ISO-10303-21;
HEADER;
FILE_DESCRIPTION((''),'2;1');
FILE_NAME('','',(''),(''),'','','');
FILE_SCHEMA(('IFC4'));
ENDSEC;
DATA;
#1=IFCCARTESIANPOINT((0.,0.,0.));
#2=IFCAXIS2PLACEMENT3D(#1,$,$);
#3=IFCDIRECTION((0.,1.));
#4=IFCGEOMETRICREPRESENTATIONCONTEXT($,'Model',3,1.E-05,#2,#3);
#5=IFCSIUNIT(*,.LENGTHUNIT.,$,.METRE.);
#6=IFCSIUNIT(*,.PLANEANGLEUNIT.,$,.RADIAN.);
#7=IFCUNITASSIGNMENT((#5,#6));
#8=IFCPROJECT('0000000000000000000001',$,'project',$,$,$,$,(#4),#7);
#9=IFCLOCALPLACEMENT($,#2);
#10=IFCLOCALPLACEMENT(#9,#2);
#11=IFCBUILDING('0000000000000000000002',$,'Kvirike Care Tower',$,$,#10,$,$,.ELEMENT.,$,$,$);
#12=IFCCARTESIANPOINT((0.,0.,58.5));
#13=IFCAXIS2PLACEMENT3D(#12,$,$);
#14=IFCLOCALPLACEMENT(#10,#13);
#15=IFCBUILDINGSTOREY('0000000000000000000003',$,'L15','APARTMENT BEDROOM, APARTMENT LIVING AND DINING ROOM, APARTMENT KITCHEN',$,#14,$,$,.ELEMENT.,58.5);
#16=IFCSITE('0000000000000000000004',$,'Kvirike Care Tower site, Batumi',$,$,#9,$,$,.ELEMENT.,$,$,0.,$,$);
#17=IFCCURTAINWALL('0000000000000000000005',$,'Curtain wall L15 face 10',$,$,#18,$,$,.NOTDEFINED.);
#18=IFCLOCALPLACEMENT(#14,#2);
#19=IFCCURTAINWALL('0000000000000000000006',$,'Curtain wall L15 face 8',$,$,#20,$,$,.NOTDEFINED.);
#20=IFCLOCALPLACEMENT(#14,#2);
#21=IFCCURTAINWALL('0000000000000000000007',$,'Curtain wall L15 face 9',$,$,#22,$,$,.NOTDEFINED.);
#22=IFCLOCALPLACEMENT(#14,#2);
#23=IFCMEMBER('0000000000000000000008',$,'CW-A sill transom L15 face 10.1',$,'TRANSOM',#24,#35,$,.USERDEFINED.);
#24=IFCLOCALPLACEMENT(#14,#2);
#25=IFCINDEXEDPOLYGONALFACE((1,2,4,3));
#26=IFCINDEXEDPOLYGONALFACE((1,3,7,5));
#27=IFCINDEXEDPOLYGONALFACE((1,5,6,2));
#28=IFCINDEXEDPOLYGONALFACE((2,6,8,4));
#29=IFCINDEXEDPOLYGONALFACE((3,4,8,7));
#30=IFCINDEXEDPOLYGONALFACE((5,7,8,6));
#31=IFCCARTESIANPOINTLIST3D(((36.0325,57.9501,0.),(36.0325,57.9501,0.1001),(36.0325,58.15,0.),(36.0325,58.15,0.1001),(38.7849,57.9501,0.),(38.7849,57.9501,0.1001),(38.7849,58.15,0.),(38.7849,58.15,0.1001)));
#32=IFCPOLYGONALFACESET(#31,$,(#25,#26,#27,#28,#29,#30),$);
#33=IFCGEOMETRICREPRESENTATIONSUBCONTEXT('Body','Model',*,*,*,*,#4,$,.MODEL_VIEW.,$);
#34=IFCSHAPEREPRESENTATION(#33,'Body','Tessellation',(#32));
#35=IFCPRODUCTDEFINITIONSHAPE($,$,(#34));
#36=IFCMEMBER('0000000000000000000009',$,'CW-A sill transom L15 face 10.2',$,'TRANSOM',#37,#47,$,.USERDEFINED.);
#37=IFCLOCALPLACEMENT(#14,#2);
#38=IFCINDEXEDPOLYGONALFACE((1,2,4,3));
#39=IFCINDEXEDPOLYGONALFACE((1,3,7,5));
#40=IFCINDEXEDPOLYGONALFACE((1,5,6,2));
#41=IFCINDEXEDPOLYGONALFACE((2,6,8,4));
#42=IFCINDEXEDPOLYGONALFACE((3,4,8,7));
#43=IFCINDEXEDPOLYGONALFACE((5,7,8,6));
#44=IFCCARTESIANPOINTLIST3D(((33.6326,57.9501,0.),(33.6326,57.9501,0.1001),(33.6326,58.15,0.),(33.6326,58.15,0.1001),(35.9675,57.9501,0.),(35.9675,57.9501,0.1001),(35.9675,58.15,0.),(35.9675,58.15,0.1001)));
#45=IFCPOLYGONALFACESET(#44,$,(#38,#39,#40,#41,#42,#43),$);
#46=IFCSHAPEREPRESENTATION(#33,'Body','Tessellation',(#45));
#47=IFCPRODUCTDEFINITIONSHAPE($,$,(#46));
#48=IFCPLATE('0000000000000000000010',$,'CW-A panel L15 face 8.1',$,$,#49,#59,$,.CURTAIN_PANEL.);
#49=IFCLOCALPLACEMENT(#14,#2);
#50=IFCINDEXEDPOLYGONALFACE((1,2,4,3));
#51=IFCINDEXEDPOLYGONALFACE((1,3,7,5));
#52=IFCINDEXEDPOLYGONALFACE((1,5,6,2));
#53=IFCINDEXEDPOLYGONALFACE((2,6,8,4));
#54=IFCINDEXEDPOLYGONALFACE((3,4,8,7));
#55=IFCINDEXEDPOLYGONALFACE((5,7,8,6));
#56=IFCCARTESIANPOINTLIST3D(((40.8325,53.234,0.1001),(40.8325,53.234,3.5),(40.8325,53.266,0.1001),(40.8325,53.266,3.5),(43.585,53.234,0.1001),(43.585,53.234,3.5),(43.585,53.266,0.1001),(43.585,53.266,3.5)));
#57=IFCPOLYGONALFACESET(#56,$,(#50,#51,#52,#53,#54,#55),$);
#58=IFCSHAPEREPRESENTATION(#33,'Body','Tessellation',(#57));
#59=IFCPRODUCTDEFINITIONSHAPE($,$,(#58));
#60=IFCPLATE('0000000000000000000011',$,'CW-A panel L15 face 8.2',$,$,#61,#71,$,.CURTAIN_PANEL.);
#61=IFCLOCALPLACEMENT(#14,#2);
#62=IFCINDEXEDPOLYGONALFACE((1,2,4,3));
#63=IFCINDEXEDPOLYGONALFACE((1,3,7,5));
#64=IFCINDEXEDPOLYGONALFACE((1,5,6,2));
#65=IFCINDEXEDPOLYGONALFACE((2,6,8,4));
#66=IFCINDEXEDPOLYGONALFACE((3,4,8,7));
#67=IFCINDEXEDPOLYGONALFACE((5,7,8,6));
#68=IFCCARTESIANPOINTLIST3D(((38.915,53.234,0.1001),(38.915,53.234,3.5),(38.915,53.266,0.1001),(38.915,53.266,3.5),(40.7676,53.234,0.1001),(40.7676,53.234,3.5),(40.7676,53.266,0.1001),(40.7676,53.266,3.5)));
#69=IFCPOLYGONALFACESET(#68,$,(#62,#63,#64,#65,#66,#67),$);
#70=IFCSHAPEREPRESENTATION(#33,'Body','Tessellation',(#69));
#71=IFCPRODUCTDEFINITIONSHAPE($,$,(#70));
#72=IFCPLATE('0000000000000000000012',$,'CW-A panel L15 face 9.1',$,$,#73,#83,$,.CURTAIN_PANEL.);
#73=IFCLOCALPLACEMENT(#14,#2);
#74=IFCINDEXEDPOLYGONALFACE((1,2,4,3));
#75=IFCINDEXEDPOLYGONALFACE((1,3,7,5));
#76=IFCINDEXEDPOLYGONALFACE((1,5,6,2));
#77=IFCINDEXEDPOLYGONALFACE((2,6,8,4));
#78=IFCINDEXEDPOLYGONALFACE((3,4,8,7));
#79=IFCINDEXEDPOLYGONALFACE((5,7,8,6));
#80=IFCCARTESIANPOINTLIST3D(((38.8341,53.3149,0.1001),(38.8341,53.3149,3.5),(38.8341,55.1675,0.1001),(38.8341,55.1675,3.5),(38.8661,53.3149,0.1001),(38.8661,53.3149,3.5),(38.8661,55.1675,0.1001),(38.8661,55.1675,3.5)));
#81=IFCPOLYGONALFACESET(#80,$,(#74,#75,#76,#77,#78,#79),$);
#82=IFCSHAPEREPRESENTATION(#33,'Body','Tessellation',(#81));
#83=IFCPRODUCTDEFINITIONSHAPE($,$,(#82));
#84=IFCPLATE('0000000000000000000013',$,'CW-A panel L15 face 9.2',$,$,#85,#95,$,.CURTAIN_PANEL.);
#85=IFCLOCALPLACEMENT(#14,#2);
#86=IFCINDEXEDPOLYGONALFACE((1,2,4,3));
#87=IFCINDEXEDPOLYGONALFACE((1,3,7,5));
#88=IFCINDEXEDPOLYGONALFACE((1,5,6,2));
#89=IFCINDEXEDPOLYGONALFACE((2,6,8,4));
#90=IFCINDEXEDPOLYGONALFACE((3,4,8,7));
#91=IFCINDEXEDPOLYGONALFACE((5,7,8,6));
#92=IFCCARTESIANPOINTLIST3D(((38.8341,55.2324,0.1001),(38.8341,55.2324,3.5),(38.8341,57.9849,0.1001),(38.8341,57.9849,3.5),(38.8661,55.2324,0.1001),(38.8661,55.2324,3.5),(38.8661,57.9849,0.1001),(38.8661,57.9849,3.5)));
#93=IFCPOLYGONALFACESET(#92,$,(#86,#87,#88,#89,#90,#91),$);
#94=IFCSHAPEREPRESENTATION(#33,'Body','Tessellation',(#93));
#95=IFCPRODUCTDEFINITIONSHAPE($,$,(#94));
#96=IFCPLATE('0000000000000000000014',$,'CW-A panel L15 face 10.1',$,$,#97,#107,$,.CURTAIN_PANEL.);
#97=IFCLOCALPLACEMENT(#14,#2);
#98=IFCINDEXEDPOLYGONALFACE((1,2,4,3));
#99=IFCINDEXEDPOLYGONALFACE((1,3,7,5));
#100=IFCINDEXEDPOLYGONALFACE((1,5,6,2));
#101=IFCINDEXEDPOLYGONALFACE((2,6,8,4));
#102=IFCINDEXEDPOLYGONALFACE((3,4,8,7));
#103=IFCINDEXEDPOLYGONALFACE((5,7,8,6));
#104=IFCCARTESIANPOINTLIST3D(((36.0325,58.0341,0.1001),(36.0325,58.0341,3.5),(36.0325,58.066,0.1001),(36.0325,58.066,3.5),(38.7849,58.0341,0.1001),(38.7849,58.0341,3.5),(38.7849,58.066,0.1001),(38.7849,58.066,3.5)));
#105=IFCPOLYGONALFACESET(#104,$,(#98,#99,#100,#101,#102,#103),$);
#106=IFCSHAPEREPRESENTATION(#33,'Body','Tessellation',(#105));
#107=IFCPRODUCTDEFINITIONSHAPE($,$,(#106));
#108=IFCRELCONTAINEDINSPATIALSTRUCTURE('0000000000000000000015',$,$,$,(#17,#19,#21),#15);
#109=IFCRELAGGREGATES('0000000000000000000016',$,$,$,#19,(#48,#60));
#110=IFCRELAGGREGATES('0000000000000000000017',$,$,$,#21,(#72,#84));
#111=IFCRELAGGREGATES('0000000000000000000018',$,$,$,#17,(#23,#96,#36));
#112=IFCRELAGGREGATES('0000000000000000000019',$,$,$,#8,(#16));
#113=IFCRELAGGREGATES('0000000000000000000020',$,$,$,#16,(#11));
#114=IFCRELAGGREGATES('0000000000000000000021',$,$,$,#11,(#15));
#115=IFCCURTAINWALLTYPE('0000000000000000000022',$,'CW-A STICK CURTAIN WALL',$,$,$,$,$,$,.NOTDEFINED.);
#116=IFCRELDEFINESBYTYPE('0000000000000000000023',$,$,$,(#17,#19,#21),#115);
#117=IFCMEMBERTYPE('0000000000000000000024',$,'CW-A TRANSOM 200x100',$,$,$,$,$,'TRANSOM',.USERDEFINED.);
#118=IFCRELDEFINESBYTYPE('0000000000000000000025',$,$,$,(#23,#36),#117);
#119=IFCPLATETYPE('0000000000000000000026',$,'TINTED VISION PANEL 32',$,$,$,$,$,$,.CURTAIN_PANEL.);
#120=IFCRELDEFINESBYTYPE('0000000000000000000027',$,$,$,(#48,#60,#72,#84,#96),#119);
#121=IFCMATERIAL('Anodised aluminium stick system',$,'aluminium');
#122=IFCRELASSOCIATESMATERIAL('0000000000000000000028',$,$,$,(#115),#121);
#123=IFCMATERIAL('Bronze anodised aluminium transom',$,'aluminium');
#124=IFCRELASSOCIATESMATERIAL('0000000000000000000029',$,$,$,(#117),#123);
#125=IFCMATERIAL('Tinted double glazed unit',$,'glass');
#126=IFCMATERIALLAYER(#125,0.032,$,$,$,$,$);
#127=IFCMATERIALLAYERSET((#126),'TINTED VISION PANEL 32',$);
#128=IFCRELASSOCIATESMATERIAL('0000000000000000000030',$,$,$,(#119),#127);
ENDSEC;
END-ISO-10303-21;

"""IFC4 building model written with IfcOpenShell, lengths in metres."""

from ifc_helpers import new_model, si_unit, direction, frame, origin, origin_2d, place, context, subcontext, project, spatial, rectangle, extrude, material, layer, layer_set, material_profile, profile_set, type_object, element, aggregate, save


model = new_model("IFC4")

# Units and contexts
model_context = context("Model", 3, precision=1e-05, world=origin(), true_north=direction((0.0, 1.0)))
body_context = subcontext(model_context, "Body", "Model", "MODEL_VIEW")
ifc_project = project(units=[si_unit("LENGTHUNIT", "METRE"), si_unit("PLANEANGLEUNIT", "RADIAN")], contexts=[model_context])

# Site, building, storey
site_placement = place(None, origin())
site = spatial("IfcSite", under=ifc_project, at=site_placement, Name="Kvirike Care Tower site, Batumi", CompositionType="ELEMENT", RefElevation=0.0)
building_placement = place(site_placement, origin())
building = spatial("IfcBuilding", under=site, at=building_placement, Name="Kvirike Care Tower", CompositionType="ELEMENT")
storey_placement = place(building_placement, frame((0.0, 0.0, 58.5)))
storey = spatial("IfcBuildingStorey", under=building, at=storey_placement, Name="L15", Description="APARTMENT BEDROOM, APARTMENT LIVING AND DINING ROOM, APARTMENT KITCHEN", CompositionType="ELEMENT", Elevation=58.5)

# Curtain wall
ifc_material_1 = material(Name="Anodised aluminium stick system", Category="aluminium")
curtain_wall_type = type_object("IfcCurtainWallType", Name="CW-A STICK CURTAIN WALL", PredefinedType="NOTDEFINED", material=ifc_material_1)
curtain_wall_1_placement = place(storey_placement, origin())
curtain_wall_1 = element("IfcCurtainWall", 1, at=curtain_wall_1_placement, inside=storey, type_object=curtain_wall_type, Name="Curtain wall L15 face 10", PredefinedType="NOTDEFINED")

# Curtain walls
curtain_wall_2_placement = place(storey_placement, origin())
curtain_wall_2 = element("IfcCurtainWall", 2, at=curtain_wall_2_placement, inside=storey, type_object=curtain_wall_type, Name="Curtain wall L15 face 8", PredefinedType="NOTDEFINED")
curtain_wall_3_placement = place(storey_placement, origin())
curtain_wall_3 = element("IfcCurtainWall", 3, at=curtain_wall_3_placement, inside=storey, type_object=curtain_wall_type, Name="Curtain wall L15 face 9", PredefinedType="NOTDEFINED")

# Members
ifc_material_2 = material(Name="Bronze anodised aluminium transom", Category="aluminium")
ifc_material_profile_1 = material_profile(ifc_material_2, rectangle(XDim=0.2, YDim=0.1001, at=origin_2d()), Name="CW-A TRANSOM 200x100")
ifc_profile_set_1 = profile_set([ifc_material_profile_1], Name="Bronze anodised aluminium transom")
member_type_1 = type_object("IfcMemberType", Name="CW-A TRANSOM 200x100", ElementType="TRANSOM", PredefinedType="USERDEFINED", material=ifc_profile_set_1)
member_1_placement = place(storey_placement, frame((38.7849, 58.05, 0.05), z_axis=(-1.0, 0.0, 0.0), x_axis=(0.0, -1.0, 0.0)))
member_1 = element("IfcMember", 4, at=member_1_placement, type_object=member_type_1, Name="CW-A sill transom L15 face 10.1", ObjectType="TRANSOM", PredefinedType="USERDEFINED", context=body_context, shape_type="SweptSolid", body=[
    extrude(rectangle(XDim=0.2, YDim=0.1001, at=origin_2d()), origin(), (0.0, 0.0, 1.0), 2.7524),
])
member_2_placement = place(storey_placement, frame((35.9675, 58.05, 0.05), z_axis=(-1.0, 0.0, 0.0), x_axis=(0.0, -1.0, 0.0)))
member_2 = element("IfcMember", 5, at=member_2_placement, type_object=member_type_1, Name="CW-A sill transom L15 face 10.2", ObjectType="TRANSOM", PredefinedType="USERDEFINED", context=body_context, shape_type="SweptSolid", body=[
    extrude(rectangle(XDim=0.2, YDim=0.1001, at=origin_2d()), origin(), (0.0, 0.0, 1.0), 2.335),
])

# Plates
ifc_material_3 = material(Name="Tinted double glazed unit", Category="glass")
ifc_layer = layer(ifc_material_3, 0.032)
ifc_layer_set = layer_set([ifc_layer], Name="TINTED VISION PANEL 32")
plate_type = type_object("IfcPlateType", Name="TINTED VISION PANEL 32", PredefinedType="CURTAIN_PANEL", material=ifc_layer_set)
plate_1_placement = place(storey_placement, frame((42.2087, 53.25, 0.1001), z_axis=(0.0, 0.0, 1.0), x_axis=(-1.0, 0.0, 0.0)))
plate_1 = element("IfcPlate", 6, at=plate_1_placement, type_object=plate_type, Name="CW-A panel L15 face 8.1", PredefinedType="CURTAIN_PANEL", context=body_context, shape_type="SweptSolid", body=[
    extrude(rectangle(XDim=2.7524, YDim=0.032, at=origin_2d()), origin(), (0.0, 0.0, 1.0), 3.3999),
])
plate_2_placement = place(storey_placement, frame((39.8413, 53.25, 0.1001), z_axis=(0.0, 0.0, 1.0), x_axis=(-1.0, 0.0, 0.0)))
plate_2 = element("IfcPlate", 7, at=plate_2_placement, type_object=plate_type, Name="CW-A panel L15 face 8.2", PredefinedType="CURTAIN_PANEL", context=body_context, shape_type="SweptSolid", body=[
    extrude(rectangle(XDim=1.8525, YDim=0.032, at=origin_2d()), origin(), (0.0, 0.0, 1.0), 3.3999),
])
aggregate(curtain_wall_2, [plate_1, plate_2])
plate_3_placement = place(storey_placement, frame((38.8501, 54.2412, 0.1001), z_axis=(0.0, 0.0, 1.0), x_axis=(0.0, 1.0, 0.0)))
plate_3 = element("IfcPlate", 8, at=plate_3_placement, type_object=plate_type, Name="CW-A panel L15 face 9.1", PredefinedType="CURTAIN_PANEL", context=body_context, shape_type="SweptSolid", body=[
    extrude(rectangle(XDim=1.8525, YDim=0.032, at=origin_2d()), origin(), (0.0, 0.0, 1.0), 3.3999),
])
plate_4_placement = place(storey_placement, frame((38.8501, 56.6086, 0.1001), z_axis=(0.0, 0.0, 1.0), x_axis=(0.0, 1.0, 0.0)))
plate_4 = element("IfcPlate", 9, at=plate_4_placement, type_object=plate_type, Name="CW-A panel L15 face 9.2", PredefinedType="CURTAIN_PANEL", context=body_context, shape_type="SweptSolid", body=[
    extrude(rectangle(XDim=2.7524, YDim=0.032, at=origin_2d()), origin(), (0.0, 0.0, 1.0), 3.3999),
])
aggregate(curtain_wall_3, [plate_3, plate_4])
plate_5_placement = place(storey_placement, frame((37.4087, 58.05, 0.1001), z_axis=(0.0, 0.0, 1.0), x_axis=(-1.0, 0.0, 0.0)))
plate_5 = element("IfcPlate", 10, at=plate_5_placement, type_object=plate_type, Name="CW-A panel L15 face 10.1", PredefinedType="CURTAIN_PANEL", context=body_context, shape_type="SweptSolid", body=[
    extrude(rectangle(XDim=2.7524, YDim=0.032, at=origin_2d()), origin(), (0.0, 0.0, 1.0), 3.3999),
])
aggregate(curtain_wall_1, [member_1, plate_5, member_2])

save(model, "model.ifc")
